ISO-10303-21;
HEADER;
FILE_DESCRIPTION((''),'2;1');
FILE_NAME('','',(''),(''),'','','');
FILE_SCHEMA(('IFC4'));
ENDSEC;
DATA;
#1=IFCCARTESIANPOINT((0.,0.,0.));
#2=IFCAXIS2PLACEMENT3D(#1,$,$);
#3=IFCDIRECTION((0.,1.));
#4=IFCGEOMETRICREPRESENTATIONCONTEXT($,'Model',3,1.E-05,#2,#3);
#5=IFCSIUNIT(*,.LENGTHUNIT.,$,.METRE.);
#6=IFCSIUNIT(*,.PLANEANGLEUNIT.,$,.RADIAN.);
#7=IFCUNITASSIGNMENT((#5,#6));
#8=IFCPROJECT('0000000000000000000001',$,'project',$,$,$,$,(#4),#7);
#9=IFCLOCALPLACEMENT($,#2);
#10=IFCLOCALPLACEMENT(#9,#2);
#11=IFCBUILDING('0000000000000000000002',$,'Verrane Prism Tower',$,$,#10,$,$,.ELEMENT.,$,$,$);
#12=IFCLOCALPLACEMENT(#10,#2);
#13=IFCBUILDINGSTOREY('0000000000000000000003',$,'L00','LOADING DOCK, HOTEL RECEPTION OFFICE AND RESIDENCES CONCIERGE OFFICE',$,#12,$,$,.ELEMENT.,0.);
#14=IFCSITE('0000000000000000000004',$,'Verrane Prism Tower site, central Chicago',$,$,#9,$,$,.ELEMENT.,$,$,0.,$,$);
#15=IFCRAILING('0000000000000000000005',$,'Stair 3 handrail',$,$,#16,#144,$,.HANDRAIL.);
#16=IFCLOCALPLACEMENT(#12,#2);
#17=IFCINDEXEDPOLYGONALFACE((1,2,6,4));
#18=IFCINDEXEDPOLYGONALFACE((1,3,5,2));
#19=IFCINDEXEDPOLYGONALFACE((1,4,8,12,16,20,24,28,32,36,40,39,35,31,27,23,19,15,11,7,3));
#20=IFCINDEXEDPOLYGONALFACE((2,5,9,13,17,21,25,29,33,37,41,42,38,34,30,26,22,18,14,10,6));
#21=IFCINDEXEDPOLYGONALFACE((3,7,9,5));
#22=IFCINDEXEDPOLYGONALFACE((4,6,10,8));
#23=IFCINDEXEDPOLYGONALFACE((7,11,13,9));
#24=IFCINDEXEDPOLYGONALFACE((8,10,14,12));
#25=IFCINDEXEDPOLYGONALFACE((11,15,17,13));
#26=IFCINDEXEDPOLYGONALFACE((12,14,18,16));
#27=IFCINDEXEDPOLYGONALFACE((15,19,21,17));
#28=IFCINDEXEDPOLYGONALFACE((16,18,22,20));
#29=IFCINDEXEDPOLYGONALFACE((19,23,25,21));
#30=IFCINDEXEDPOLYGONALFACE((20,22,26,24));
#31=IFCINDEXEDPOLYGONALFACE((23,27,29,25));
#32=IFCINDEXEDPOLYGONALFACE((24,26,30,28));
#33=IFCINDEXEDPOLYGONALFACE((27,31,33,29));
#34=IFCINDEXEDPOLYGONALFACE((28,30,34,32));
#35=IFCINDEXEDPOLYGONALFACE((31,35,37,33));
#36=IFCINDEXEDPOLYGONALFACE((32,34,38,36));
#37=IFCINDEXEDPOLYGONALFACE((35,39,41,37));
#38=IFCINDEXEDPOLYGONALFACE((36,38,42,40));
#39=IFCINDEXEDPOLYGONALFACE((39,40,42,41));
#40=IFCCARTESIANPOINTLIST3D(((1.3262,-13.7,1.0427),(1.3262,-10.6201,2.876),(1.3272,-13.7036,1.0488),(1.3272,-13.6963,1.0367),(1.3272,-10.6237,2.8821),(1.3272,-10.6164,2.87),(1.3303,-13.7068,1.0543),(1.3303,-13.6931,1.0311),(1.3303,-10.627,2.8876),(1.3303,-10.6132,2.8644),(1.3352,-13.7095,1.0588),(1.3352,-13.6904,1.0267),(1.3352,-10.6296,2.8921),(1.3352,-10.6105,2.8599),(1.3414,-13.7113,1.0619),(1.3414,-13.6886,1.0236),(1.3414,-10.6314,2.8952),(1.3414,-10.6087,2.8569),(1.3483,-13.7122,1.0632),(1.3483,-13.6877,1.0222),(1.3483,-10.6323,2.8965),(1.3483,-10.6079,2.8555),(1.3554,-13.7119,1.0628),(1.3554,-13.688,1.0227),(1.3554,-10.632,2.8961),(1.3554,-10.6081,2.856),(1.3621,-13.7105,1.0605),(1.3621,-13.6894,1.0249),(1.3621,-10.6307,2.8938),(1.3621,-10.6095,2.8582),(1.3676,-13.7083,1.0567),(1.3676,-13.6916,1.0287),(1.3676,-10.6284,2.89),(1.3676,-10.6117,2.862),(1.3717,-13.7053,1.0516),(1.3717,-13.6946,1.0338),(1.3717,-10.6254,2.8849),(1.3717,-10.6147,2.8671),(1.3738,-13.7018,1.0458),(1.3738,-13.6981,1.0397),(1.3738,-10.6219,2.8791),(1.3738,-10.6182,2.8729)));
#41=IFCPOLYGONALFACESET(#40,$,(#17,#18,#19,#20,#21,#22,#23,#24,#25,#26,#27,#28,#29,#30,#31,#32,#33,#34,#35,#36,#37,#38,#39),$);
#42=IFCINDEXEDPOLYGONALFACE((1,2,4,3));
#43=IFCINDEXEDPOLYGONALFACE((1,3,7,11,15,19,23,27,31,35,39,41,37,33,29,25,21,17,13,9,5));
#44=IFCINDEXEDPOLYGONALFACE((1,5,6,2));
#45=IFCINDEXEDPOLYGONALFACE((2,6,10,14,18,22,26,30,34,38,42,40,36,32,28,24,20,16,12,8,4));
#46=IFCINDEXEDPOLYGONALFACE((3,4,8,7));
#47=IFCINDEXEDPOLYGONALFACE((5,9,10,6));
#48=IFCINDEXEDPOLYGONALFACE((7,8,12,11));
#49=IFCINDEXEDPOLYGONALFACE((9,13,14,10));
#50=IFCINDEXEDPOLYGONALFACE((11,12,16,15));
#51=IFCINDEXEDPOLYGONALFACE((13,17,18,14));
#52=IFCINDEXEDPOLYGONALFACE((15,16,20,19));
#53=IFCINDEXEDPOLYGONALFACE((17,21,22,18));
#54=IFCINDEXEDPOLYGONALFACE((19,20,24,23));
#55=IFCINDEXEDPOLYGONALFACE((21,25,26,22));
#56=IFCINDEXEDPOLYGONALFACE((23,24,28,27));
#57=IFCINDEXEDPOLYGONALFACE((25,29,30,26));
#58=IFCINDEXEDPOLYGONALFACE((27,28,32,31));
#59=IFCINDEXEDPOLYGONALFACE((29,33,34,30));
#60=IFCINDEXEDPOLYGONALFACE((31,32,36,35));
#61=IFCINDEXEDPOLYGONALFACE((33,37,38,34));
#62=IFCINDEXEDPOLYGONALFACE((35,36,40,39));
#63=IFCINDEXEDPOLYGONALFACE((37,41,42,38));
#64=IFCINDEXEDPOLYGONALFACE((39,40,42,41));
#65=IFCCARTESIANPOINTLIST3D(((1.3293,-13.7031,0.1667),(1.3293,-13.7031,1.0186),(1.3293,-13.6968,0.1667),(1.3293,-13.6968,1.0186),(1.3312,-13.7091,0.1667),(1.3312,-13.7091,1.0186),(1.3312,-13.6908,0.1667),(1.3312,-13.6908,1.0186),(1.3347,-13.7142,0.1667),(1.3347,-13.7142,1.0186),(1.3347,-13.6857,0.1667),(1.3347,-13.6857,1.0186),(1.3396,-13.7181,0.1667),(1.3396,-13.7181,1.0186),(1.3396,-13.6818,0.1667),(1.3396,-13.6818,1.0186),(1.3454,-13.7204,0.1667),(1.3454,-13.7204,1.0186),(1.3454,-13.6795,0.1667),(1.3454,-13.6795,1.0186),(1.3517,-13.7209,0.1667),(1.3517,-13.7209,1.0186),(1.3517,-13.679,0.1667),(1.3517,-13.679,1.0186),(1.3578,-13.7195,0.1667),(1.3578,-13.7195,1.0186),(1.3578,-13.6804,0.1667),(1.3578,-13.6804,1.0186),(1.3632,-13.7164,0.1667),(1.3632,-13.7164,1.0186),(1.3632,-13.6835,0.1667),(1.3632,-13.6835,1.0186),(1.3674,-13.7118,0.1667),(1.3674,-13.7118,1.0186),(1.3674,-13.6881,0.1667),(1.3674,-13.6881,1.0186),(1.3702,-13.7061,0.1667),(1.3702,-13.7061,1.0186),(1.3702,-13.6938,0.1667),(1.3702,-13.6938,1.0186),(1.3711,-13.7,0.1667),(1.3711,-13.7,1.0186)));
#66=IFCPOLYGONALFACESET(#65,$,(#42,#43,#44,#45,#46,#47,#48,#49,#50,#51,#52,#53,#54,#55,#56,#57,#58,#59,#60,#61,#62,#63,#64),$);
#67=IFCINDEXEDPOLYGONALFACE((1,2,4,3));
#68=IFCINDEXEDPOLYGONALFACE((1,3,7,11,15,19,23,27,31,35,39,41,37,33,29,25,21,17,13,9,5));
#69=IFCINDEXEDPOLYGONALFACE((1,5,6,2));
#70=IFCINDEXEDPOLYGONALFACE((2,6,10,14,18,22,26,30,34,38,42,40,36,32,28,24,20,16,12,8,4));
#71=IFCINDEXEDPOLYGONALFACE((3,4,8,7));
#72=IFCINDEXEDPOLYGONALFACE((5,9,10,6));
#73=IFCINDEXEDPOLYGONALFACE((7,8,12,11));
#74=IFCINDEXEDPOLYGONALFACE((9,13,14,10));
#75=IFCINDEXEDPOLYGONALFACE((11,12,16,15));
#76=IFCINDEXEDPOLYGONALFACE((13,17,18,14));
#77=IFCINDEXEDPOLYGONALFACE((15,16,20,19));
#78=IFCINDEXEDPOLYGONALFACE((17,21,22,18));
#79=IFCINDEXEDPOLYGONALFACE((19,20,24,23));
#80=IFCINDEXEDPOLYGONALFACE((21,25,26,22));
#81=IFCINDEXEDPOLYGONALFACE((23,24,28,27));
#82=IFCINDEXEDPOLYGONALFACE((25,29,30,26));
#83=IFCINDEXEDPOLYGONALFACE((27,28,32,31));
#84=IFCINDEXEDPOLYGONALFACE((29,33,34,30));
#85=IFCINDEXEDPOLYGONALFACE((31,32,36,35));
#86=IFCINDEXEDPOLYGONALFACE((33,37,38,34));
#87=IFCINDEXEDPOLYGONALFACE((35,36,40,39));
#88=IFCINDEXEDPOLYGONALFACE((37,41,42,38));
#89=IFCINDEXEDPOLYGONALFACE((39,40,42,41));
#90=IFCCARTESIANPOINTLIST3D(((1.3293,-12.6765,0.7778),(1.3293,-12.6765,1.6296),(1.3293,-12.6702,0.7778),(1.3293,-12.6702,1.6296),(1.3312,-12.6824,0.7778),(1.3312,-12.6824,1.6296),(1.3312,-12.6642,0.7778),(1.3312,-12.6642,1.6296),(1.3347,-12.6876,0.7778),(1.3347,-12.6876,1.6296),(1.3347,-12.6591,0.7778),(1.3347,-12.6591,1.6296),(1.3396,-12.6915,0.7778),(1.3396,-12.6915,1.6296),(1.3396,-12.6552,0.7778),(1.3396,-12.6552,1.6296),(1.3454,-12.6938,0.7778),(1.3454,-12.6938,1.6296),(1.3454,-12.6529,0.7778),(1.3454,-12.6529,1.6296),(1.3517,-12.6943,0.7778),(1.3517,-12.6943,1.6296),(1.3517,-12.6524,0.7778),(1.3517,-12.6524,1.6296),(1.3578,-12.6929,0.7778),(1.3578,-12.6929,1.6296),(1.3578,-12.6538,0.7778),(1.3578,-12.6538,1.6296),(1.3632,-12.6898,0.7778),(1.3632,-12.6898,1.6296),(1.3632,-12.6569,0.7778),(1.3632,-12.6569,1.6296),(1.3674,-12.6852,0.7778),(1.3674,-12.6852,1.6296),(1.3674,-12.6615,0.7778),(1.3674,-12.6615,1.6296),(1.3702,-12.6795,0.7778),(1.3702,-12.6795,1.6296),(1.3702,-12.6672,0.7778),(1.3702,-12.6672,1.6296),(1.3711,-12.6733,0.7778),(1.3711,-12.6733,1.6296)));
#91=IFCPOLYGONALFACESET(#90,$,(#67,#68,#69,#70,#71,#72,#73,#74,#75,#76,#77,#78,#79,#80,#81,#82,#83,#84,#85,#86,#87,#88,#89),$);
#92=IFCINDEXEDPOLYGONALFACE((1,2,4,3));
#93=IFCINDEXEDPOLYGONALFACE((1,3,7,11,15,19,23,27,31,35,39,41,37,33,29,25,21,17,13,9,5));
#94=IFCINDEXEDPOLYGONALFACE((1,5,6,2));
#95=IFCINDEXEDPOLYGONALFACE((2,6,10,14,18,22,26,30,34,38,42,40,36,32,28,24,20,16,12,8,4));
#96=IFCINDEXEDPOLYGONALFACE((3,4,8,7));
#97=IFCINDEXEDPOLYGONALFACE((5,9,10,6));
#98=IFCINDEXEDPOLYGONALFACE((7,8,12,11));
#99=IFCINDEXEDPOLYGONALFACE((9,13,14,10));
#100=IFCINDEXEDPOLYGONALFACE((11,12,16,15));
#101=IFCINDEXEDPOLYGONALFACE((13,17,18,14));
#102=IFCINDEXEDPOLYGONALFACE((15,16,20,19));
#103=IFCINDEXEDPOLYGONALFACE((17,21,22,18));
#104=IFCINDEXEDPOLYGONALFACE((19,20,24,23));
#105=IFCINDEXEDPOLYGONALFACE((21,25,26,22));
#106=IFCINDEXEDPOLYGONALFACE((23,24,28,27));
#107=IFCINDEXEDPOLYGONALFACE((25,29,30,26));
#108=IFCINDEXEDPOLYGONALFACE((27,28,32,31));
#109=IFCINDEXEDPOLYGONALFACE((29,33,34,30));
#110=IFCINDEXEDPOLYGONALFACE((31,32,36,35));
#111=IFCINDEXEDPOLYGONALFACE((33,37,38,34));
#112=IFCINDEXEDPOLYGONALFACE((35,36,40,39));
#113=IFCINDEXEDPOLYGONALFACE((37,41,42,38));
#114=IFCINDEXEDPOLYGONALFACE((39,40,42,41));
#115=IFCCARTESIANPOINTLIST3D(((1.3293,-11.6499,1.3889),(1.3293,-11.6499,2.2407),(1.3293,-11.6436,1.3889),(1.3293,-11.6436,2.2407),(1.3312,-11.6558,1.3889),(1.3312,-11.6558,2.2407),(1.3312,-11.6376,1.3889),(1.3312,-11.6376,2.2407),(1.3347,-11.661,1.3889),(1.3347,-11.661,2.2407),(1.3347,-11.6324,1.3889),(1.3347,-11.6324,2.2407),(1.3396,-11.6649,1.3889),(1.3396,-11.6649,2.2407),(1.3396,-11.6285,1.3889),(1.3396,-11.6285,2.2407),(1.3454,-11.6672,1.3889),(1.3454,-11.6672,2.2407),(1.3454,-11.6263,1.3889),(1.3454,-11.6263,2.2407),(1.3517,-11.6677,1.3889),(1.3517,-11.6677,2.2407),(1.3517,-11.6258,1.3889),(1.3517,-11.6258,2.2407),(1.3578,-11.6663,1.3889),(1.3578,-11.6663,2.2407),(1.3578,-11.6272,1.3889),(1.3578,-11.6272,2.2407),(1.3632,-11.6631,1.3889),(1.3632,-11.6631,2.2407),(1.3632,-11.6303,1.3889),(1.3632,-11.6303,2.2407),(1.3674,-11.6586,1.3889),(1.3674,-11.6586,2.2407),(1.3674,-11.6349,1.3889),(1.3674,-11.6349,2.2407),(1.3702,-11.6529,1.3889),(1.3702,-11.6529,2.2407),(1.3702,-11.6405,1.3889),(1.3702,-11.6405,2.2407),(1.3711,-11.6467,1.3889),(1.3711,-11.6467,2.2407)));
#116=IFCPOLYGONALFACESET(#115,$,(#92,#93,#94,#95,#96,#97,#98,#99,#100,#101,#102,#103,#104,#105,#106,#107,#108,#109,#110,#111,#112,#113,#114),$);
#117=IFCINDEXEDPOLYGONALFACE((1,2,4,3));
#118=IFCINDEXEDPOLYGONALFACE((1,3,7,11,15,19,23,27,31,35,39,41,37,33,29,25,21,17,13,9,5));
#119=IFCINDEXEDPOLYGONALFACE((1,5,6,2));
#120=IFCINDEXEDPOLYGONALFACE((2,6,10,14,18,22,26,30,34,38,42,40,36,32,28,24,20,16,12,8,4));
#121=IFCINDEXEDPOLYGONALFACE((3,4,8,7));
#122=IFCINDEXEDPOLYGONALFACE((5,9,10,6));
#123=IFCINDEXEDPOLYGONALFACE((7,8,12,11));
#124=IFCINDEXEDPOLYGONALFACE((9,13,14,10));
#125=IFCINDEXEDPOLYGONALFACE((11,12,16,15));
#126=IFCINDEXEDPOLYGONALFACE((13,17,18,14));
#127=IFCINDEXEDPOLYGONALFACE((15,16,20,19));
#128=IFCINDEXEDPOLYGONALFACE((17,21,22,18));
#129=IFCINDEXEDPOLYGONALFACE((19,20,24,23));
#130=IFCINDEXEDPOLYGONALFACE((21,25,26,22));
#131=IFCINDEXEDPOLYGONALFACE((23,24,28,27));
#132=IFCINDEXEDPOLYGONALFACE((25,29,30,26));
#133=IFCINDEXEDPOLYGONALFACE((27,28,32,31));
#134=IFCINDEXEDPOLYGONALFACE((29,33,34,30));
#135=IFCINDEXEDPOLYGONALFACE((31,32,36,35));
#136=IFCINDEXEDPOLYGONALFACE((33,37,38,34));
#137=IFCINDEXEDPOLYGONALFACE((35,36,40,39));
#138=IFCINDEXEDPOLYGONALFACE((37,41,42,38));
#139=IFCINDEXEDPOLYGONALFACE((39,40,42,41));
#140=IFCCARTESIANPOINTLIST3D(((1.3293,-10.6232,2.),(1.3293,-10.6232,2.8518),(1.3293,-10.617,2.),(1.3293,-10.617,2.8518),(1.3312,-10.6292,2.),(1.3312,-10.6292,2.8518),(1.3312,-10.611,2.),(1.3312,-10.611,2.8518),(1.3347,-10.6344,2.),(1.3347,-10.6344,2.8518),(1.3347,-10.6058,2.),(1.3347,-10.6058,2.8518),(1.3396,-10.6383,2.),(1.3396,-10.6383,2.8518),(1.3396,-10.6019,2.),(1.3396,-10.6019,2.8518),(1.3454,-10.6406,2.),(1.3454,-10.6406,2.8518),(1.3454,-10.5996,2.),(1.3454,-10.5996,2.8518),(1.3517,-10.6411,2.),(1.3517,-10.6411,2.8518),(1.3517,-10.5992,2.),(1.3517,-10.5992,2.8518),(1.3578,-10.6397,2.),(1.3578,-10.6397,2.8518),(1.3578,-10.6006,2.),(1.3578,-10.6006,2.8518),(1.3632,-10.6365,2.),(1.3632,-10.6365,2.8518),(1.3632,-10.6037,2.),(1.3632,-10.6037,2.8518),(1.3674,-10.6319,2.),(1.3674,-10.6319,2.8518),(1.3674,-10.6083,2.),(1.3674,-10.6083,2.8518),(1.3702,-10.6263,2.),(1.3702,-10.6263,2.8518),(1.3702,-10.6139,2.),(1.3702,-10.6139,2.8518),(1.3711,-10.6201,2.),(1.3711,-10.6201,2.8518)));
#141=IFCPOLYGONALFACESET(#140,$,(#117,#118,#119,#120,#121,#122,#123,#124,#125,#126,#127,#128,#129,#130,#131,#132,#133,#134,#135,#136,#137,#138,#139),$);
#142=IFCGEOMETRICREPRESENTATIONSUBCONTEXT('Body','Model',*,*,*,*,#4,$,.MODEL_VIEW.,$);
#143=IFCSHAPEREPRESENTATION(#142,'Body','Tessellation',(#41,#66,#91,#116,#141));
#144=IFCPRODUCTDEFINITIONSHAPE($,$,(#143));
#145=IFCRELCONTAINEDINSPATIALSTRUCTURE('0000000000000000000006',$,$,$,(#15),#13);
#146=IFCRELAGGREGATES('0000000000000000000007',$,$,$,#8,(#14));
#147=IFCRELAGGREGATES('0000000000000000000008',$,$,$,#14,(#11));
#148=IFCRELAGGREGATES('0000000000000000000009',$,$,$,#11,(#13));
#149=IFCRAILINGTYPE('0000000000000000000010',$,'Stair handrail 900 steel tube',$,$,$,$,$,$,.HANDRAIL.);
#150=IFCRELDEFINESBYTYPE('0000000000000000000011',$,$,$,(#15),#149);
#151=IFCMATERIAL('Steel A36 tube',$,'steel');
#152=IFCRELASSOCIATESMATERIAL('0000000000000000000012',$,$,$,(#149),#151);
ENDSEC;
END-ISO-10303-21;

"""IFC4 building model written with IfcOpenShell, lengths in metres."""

from ifc_helpers import new_model, si_unit, direction, frame, origin, origin_2d, place, context, subcontext, project, spatial, circle, extrude, material, type_object, element, save


model = new_model("IFC4")

# Units and contexts
model_context = context("Model", 3, precision=1e-05, world=origin(), true_north=direction((0.0, 1.0)))
body_context = subcontext(model_context, "Body", "Model", "MODEL_VIEW")
ifc_project = project(units=[si_unit("LENGTHUNIT", "METRE"), si_unit("PLANEANGLEUNIT", "RADIAN")], contexts=[model_context])

# Site, building, storey
site_placement = place(None, origin())
site = spatial("IfcSite", under=ifc_project, at=site_placement, Name="Verrane Prism Tower site, central Chicago", CompositionType="ELEMENT", RefElevation=0.0)
building_placement = place(site_placement, origin())
building = spatial("IfcBuilding", under=site, at=building_placement, Name="Verrane Prism Tower", CompositionType="ELEMENT")
storey_placement = place(building_placement, origin())
storey = spatial("IfcBuildingStorey", under=building, at=storey_placement, Name="L00", Description="LOADING DOCK, HOTEL RECEPTION OFFICE AND RESIDENCES CONCIERGE OFFICE", CompositionType="ELEMENT", Elevation=0.0)

# Railing
ifc_material_1 = material(Name="Steel A36 tube", Category="steel")
railing_type_1 = type_object("IfcRailingType", Name="Stair handrail 900 steel tube", PredefinedType="HANDRAIL", material=ifc_material_1)
for number, where, name in (
    (1, (1.3501, -13.7, 0.1667), "Stair 3 handrail"),
):
    element("IfcRailing", number, at=place(storey_placement, frame(where)), inside=storey, type_object=railing_type_1, Name=name, PredefinedType="HANDRAIL", context=body_context, shape_type="SweptSolid", body=[
        extrude(circle(Radius=0.0239, at=origin_2d()), frame((0.0, 0.0, 0.876), z_axis=(0.0, 0.859291, 0.511487), x_axis=(-1.0, 0.0, 0.0)), (0.0, 0.0, 1.0), 3.5842),
        extrude(circle(Radius=0.021, at=origin_2d()), origin(), (0.0, 0.0, 1.0), 0.8518),
        extrude(circle(Radius=0.021, at=origin_2d()), frame((0.0, 1.0266, 0.6111)), (0.0, 0.0, 1.0), 0.8518),
        extrude(circle(Radius=0.021, at=origin_2d()), frame((0.0, 2.0532, 1.2222)), (0.0, 0.0, 1.0), 0.8518),
        extrude(circle(Radius=0.021, at=origin_2d()), frame((0.0, 3.0798, 1.8333)), (0.0, 0.0, 1.0), 0.8518),
    ])

save(model, "model.ifc")
